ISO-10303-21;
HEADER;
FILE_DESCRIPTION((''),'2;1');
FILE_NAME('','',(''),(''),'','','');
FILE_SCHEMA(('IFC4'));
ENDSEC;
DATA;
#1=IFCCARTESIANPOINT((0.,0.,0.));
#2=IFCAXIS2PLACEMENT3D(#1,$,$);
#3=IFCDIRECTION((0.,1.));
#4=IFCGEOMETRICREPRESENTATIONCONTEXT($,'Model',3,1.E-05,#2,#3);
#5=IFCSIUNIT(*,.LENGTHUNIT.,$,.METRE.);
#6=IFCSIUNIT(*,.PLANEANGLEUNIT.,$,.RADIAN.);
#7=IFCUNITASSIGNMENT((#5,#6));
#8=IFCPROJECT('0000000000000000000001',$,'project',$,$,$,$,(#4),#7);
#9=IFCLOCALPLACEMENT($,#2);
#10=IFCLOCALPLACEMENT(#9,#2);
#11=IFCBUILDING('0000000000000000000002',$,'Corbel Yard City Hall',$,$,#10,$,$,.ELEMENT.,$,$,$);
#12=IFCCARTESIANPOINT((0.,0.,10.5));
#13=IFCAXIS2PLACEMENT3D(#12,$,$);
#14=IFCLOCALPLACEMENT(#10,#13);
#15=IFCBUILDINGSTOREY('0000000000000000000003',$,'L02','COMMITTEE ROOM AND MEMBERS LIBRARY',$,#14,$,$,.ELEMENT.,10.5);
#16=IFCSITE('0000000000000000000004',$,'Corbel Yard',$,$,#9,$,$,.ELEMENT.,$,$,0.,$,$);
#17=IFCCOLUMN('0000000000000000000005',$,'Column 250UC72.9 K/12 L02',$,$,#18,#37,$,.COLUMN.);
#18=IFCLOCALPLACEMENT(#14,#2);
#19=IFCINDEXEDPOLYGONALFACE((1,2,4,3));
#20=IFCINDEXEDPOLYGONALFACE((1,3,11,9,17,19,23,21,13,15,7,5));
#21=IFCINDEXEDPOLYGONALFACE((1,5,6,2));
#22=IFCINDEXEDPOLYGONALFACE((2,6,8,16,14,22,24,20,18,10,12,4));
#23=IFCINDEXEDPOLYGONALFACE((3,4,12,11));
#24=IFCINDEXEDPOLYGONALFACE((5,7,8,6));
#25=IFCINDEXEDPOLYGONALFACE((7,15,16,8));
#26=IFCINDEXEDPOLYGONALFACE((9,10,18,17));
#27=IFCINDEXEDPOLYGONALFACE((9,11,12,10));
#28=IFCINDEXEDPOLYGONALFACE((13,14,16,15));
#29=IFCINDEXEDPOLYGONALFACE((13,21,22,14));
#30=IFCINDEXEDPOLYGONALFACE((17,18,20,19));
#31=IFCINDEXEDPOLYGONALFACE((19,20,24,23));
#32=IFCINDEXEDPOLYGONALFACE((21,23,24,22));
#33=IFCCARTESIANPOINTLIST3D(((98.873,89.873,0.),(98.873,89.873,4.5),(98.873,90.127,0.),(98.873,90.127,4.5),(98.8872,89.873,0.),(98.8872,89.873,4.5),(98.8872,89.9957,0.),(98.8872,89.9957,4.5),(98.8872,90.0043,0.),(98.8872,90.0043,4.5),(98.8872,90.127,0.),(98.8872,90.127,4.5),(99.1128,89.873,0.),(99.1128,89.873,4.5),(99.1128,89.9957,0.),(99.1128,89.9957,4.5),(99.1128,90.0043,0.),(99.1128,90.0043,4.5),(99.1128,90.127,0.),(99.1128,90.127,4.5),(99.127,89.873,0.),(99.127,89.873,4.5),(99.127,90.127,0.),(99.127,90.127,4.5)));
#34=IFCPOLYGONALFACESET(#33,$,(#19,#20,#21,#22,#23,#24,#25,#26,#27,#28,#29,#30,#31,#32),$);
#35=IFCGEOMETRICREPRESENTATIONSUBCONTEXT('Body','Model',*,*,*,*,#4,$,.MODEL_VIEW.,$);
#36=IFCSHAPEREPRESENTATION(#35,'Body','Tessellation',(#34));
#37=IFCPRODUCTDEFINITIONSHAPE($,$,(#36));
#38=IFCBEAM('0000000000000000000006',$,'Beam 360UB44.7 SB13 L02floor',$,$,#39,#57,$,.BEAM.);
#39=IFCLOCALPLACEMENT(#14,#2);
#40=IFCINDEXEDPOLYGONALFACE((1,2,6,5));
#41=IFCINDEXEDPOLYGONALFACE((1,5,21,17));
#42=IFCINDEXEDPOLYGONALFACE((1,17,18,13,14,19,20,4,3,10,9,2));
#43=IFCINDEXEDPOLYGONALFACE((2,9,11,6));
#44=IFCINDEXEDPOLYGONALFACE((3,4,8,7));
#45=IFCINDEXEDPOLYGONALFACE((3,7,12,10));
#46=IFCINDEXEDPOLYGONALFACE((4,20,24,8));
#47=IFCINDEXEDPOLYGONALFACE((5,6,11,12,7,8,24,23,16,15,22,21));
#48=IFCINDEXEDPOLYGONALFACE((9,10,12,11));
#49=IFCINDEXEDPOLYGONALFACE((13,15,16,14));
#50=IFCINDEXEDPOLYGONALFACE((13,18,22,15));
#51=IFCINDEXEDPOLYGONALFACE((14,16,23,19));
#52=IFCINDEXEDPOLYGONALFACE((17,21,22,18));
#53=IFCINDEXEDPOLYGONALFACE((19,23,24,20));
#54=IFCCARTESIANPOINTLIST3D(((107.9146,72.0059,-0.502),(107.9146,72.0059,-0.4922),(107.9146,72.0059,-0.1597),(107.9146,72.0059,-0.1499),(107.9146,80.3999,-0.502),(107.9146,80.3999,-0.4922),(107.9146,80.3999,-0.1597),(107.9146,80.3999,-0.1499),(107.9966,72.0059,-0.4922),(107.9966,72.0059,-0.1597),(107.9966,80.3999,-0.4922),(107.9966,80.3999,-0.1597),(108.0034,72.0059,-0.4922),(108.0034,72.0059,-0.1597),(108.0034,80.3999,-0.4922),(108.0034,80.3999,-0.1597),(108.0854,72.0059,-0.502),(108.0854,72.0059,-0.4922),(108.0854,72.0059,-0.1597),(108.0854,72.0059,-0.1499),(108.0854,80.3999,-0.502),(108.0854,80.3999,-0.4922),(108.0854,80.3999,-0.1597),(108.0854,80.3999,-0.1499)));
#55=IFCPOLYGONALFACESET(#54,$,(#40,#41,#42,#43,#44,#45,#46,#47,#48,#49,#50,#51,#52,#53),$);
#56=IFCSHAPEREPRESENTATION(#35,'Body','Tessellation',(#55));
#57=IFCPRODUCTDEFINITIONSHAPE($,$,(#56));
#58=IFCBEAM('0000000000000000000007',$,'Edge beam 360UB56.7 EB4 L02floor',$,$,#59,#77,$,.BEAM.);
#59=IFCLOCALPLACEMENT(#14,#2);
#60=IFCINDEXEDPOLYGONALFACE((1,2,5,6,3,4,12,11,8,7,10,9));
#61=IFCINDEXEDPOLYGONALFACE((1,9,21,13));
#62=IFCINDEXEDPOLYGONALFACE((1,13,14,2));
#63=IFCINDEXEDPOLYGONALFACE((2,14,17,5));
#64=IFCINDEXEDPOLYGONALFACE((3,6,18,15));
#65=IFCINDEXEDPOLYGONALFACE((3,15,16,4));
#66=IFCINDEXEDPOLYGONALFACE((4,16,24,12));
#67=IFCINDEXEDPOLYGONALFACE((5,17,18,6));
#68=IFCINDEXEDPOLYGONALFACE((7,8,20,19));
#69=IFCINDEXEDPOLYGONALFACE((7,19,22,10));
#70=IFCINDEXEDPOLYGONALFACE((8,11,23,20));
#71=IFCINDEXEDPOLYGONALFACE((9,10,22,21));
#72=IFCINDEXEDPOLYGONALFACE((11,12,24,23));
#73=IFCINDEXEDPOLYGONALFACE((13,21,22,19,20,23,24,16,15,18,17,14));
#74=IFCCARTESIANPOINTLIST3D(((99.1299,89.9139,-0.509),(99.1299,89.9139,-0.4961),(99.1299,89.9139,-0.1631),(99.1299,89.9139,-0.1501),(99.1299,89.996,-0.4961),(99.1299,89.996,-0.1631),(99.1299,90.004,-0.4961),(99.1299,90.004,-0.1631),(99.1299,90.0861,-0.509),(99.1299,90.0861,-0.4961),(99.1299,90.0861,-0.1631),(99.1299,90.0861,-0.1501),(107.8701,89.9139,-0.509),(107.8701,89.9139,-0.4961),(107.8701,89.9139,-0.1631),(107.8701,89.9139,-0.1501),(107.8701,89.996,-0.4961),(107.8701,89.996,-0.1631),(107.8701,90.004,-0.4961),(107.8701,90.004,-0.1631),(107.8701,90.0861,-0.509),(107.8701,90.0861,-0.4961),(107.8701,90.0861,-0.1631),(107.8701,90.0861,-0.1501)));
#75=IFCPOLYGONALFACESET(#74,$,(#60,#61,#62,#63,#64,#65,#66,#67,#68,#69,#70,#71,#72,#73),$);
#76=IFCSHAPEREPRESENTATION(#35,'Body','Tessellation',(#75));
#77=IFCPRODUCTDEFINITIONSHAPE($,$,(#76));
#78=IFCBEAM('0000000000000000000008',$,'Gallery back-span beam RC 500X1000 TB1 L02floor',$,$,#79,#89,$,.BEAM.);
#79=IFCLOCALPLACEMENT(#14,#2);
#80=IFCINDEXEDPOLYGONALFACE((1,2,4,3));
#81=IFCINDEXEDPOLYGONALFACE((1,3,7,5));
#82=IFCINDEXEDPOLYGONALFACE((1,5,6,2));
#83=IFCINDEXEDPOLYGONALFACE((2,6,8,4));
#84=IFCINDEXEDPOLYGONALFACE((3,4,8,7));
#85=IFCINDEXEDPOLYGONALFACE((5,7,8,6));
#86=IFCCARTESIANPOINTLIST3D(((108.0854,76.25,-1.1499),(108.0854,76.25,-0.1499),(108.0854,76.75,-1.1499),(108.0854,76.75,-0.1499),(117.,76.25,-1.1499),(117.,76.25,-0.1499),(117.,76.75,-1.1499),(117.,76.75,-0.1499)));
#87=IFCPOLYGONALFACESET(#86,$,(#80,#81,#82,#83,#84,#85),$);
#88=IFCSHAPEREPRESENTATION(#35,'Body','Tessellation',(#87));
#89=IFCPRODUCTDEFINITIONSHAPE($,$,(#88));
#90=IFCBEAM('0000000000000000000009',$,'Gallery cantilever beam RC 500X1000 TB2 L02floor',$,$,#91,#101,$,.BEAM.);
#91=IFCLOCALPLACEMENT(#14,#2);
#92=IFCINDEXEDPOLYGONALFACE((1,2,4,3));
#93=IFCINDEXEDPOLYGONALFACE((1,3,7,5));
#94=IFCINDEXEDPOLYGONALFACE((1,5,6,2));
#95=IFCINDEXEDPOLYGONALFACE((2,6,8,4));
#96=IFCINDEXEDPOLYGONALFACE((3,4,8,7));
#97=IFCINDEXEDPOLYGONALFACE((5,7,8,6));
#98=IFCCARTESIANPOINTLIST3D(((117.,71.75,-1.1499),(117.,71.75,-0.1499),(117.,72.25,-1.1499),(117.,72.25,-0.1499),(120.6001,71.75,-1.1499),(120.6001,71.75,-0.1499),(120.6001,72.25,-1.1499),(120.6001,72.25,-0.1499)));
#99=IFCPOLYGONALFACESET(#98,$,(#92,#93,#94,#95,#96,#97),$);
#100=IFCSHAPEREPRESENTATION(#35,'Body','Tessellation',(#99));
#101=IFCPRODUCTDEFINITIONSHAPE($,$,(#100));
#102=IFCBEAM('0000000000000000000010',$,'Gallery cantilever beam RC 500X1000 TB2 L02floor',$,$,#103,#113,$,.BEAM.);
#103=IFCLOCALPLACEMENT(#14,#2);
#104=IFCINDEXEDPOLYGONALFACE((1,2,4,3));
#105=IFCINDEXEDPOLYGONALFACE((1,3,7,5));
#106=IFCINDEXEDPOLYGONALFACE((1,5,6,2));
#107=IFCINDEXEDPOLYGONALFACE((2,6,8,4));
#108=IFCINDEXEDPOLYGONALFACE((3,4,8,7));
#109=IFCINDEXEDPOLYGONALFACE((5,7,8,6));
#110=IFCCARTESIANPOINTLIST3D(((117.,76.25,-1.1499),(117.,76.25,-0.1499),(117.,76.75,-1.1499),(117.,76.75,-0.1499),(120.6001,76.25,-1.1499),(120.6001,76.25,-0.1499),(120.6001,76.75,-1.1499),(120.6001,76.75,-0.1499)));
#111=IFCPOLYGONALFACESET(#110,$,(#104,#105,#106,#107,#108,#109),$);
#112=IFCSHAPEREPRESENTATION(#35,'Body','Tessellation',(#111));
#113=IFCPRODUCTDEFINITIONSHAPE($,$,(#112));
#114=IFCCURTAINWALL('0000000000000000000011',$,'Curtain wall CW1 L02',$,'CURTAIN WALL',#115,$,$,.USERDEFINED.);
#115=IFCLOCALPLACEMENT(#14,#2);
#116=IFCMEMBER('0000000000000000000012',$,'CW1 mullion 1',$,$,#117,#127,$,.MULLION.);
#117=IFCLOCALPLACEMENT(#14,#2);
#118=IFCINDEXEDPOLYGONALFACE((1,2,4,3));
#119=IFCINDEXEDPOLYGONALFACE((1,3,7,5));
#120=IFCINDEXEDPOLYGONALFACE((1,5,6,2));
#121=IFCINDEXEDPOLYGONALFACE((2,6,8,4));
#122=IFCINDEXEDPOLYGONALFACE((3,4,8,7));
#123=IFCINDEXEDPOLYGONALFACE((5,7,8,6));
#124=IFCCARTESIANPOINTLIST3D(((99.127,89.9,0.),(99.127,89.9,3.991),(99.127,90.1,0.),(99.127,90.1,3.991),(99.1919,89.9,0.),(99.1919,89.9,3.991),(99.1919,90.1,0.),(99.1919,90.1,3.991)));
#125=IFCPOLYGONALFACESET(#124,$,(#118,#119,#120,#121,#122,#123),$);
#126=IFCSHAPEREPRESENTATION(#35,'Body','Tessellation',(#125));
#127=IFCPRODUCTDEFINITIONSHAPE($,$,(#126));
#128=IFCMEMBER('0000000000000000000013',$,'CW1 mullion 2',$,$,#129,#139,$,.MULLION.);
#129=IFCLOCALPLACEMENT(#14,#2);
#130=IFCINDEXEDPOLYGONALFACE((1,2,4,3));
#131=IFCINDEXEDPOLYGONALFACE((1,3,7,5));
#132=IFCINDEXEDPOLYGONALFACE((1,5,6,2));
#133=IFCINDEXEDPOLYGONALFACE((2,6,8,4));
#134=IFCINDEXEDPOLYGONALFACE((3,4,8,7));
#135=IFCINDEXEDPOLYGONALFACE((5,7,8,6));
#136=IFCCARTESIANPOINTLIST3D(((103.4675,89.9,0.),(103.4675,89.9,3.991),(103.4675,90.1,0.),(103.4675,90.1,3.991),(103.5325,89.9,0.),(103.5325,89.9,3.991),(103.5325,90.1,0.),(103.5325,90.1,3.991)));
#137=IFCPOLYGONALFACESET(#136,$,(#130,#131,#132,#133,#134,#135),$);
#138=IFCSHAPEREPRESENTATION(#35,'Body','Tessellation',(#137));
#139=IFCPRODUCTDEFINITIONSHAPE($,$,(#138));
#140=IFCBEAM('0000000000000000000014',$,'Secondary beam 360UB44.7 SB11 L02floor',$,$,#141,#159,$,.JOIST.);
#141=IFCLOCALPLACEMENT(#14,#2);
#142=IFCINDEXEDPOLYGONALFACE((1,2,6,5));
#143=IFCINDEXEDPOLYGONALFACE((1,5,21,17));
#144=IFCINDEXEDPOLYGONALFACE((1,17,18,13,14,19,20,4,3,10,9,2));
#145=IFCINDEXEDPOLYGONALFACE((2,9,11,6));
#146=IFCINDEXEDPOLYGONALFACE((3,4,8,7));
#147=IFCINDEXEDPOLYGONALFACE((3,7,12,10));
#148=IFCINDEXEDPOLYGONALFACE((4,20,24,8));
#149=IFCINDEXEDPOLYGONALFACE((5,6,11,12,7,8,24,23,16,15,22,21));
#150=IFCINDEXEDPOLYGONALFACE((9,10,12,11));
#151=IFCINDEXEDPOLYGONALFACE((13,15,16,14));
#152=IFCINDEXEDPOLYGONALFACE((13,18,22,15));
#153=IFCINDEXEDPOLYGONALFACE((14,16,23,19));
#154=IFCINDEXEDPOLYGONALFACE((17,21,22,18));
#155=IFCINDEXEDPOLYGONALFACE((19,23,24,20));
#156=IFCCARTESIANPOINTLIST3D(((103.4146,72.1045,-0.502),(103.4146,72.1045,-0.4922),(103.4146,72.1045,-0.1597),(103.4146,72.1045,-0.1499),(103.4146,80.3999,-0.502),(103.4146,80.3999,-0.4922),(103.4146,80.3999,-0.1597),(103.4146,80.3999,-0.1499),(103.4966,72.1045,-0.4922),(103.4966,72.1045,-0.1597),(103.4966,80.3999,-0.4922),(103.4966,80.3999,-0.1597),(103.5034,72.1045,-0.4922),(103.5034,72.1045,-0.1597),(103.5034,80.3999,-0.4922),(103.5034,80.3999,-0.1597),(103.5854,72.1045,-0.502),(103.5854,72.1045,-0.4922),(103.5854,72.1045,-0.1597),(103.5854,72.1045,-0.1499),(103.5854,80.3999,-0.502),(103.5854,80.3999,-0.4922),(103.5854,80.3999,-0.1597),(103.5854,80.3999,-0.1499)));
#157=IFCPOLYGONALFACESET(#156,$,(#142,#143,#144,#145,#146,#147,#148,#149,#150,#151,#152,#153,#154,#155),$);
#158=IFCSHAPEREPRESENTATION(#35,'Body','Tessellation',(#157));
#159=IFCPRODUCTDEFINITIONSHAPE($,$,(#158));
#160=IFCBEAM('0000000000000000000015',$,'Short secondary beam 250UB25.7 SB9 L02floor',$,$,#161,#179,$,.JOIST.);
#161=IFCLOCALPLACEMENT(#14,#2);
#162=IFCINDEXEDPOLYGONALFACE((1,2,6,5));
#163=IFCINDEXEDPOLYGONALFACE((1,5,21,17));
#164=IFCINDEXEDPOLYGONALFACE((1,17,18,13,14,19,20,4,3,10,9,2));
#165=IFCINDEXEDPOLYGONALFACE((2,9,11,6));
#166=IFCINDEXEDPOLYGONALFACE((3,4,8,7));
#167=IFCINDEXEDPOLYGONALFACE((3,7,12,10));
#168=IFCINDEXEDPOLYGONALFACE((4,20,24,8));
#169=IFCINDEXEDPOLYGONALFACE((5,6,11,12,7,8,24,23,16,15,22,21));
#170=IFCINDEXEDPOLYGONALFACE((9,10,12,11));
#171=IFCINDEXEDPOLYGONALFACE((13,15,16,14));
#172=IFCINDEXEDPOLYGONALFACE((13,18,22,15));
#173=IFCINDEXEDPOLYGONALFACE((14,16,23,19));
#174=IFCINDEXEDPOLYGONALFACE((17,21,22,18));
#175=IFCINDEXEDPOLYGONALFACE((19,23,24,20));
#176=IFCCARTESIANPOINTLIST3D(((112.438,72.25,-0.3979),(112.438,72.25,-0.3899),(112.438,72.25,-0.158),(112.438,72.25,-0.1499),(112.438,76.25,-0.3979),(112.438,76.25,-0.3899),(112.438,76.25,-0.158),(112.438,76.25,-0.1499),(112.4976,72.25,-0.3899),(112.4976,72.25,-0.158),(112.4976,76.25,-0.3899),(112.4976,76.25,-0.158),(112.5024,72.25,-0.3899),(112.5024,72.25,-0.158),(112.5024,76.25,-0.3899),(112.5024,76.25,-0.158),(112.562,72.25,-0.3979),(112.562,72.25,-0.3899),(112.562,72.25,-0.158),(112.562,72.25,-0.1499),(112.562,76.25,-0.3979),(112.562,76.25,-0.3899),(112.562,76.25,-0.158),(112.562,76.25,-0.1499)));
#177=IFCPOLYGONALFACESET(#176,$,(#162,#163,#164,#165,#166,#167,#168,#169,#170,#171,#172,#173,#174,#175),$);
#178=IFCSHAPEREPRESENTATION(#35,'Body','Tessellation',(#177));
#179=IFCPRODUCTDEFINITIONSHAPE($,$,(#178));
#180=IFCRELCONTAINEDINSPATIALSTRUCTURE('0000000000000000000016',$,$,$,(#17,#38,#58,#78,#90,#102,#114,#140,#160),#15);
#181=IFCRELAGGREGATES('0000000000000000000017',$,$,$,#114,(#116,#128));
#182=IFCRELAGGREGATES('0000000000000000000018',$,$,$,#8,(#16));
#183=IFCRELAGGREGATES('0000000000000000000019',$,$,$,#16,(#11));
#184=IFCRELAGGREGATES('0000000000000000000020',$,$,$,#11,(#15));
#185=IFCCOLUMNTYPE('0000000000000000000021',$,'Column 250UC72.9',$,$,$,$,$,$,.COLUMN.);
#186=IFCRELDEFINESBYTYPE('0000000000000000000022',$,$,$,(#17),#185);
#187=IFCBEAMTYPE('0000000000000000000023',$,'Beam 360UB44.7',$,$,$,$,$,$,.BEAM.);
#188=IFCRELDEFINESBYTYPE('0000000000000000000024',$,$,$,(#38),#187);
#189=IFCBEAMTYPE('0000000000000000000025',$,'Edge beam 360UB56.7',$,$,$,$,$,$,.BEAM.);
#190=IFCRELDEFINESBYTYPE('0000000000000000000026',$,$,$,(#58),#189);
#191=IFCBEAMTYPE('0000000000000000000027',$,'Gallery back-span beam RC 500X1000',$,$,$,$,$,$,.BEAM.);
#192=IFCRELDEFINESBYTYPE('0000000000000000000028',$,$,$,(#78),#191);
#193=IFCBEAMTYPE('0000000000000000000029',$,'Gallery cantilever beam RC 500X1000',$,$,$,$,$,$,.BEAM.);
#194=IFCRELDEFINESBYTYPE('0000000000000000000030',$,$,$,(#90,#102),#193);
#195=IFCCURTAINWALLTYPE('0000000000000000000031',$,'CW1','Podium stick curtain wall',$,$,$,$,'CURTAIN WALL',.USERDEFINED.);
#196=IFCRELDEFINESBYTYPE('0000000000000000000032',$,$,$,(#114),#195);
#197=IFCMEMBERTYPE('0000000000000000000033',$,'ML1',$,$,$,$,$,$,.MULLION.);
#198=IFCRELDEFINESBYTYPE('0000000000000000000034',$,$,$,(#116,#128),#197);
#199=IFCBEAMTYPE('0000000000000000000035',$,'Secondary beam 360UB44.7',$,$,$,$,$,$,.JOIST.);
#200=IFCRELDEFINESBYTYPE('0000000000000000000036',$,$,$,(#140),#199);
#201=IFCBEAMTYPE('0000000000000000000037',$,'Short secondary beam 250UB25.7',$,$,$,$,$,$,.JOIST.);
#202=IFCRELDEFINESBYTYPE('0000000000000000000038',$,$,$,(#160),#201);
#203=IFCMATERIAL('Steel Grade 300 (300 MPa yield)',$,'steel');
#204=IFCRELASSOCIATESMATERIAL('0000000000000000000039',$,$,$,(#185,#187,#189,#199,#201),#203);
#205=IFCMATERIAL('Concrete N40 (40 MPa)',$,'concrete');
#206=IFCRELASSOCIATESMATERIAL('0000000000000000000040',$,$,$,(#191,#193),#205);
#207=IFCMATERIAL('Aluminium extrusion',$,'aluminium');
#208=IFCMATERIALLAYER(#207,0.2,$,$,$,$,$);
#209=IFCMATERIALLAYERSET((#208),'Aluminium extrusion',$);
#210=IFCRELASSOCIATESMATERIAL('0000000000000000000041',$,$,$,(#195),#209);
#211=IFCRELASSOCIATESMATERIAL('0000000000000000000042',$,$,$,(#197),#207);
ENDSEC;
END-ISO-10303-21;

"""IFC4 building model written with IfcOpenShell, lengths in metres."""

from ifc_helpers import new_model, si_unit, direction, frame, origin, origin_2d, place, context, subcontext, project, spatial, rectangle, i_section, extrude, material, layer, layer_set, material_profile, profile_set, type_object, element, aggregate, save


model = new_model("IFC4")

# Units and contexts
model_context = context("Model", 3, precision=1e-05, world=origin(), true_north=direction((0.0, 1.0)))
body_context = subcontext(model_context, "Body", "Model", "MODEL_VIEW")
ifc_project = project(units=[si_unit("LENGTHUNIT", "METRE"), si_unit("PLANEANGLEUNIT", "RADIAN")], contexts=[model_context])

# Site, building, storey
site_placement = place(None, origin())
site = spatial("IfcSite", under=ifc_project, at=site_placement, Name="Corbel Yard", CompositionType="ELEMENT", RefElevation=0.0)
building_placement = place(site_placement, origin())
building = spatial("IfcBuilding", under=site, at=building_placement, Name="Corbel Yard City Hall", CompositionType="ELEMENT")
storey_placement = place(building_placement, frame((0.0, 0.0, 10.5)))
storey = spatial("IfcBuildingStorey", under=building, at=storey_placement, Name="L02", Description="COMMITTEE ROOM AND MEMBERS LIBRARY", CompositionType="ELEMENT", Elevation=10.5)

# Column
ifc_material_1 = material(Name="Steel Grade 300 (300 MPa yield)", Category="steel")
ifc_material_profile_1 = material_profile(ifc_material_1, i_section(OverallWidth=0.2539, OverallDepth=0.2539, WebThickness=0.0085, FlangeThickness=0.0142, at=origin_2d()), Name="250UC72.9")
ifc_profile_set_1 = profile_set([ifc_material_profile_1], Name="Steel Grade 300 (300 MPa yield)")
column_type = type_object("IfcColumnType", Name="Column 250UC72.9", PredefinedType="COLUMN", material=ifc_profile_set_1)
column_placement = place(storey_placement, frame((99.0, 90.0, 0.0), z_axis=(0.0, 0.0, 1.0), x_axis=(0.0, 1.0, 0.0)))
element("IfcColumn", 1, at=column_placement, inside=storey, type_object=column_type, Name="Column 250UC72.9 K/12 L02", PredefinedType="COLUMN", context=body_context, shape_type="SweptSolid", body=[
    extrude(i_section(OverallWidth=0.2539, OverallDepth=0.2539, WebThickness=0.0085, FlangeThickness=0.0142, at=origin_2d()), origin(), (0.0, 0.0, 1.0), 4.5),
])

# Beams
ifc_material_profile_2 = material_profile(ifc_material_1, i_section(OverallWidth=0.1709, OverallDepth=0.3521, WebThickness=0.0068, FlangeThickness=0.0098, at=origin_2d()), Name="360UB44.7")
ifc_profile_set_2 = profile_set([ifc_material_profile_2], Name="Steel Grade 300 (300 MPa yield)")
beam_type_1 = type_object("IfcBeamType", Name="Beam 360UB44.7", PredefinedType="BEAM", material=ifc_profile_set_2)
beam_1_placement = place(storey_placement, frame((108.0, 72.0059, -0.3259), z_axis=(0.0, 1.0, 0.0), x_axis=(-1.0, 0.0, 0.0)))
element("IfcBeam", 2, at=beam_1_placement, inside=storey, type_object=beam_type_1, Name="Beam 360UB44.7 SB13 L02floor", PredefinedType="BEAM", context=body_context, shape_type="SweptSolid", body=[
    extrude(i_section(OverallWidth=0.1709, OverallDepth=0.3521, WebThickness=0.0068, FlangeThickness=0.0098, at=origin_2d()), origin(), (0.0, 0.0, 1.0), 8.394),
])
ifc_material_profile_3 = material_profile(ifc_material_1, i_section(OverallWidth=0.1721, OverallDepth=0.3589, WebThickness=0.0081, FlangeThickness=0.0129, at=origin_2d()), Name="360UB56.7")
ifc_profile_set_3 = profile_set([ifc_material_profile_3], Name="Steel Grade 300 (300 MPa yield)")
beam_type_2 = type_object("IfcBeamType", Name="Edge beam 360UB56.7", PredefinedType="BEAM", material=ifc_profile_set_3)
beam_2_placement = place(storey_placement, frame((99.1299, 90.0, -0.3296), z_axis=(1.0, 0.0, 0.0), x_axis=(0.0, 1.0, 0.0)))
element("IfcBeam", 3, at=beam_2_placement, inside=storey, type_object=beam_type_2, Name="Edge beam 360UB56.7 EB4 L02floor", PredefinedType="BEAM", context=body_context, shape_type="SweptSolid", body=[
    extrude(i_section(OverallWidth=0.1721, OverallDepth=0.3589, WebThickness=0.0081, FlangeThickness=0.0129, at=origin_2d()), origin(), (0.0, 0.0, 1.0), 8.7402),
])
ifc_material_2 = material(Name="Concrete N40 (40 MPa)", Category="concrete")
ifc_material_profile_4 = material_profile(ifc_material_2, rectangle(XDim=0.5, YDim=1.0, at=origin_2d()), Name="500x1000")
ifc_profile_set_4 = profile_set([ifc_material_profile_4], Name="Concrete N40 (40 MPa)")
beam_type_3 = type_object("IfcBeamType", Name="Gallery back-span beam RC 500X1000", PredefinedType="BEAM", material=ifc_profile_set_4)
beam_3_placement = place(storey_placement, frame((108.0854, 76.5, -0.6499), z_axis=(1.0, 0.0, 0.0), x_axis=(0.0, 1.0, 0.0)))
element("IfcBeam", 4, at=beam_3_placement, inside=storey, type_object=beam_type_3, Name="Gallery back-span beam RC 500X1000 TB1 L02floor", PredefinedType="BEAM", context=body_context, shape_type="SweptSolid", body=[
    extrude(rectangle(XDim=0.5, YDim=1.0, at=origin_2d()), origin(), (0.0, 0.0, 1.0), 8.9146),
])
ifc_material_profile_5 = material_profile(ifc_material_2, rectangle(XDim=0.5, YDim=1.0, at=origin_2d()), Name="500x1000")
ifc_profile_set_5 = profile_set([ifc_material_profile_5], Name="Concrete N40 (40 MPa)")
beam_type_4 = type_object("IfcBeamType", Name="Gallery cantilever beam RC 500X1000", PredefinedType="BEAM", material=ifc_profile_set_5)
for number, where, z_axis, x_axis, name in (
    (5, (117.0, 72.0, -0.6499), (1.0, 0.0, 0.0), (0.0, 1.0, 0.0), "Gallery cantilever beam RC 500X1000 TB2 L02floor"),
    (6, (117.0, 76.5, -0.6499), (1.0, 0.0, 0.0), (0.0, 1.0, 0.0), "Gallery cantilever beam RC 500X1000 TB2 L02floor"),
):
    element("IfcBeam", number, at=place(storey_placement, frame(where, z_axis=z_axis, x_axis=x_axis)), inside=storey, type_object=beam_type_4, Name=name, PredefinedType="BEAM", context=body_context, shape_type="SweptSolid", body=[
        extrude(rectangle(XDim=0.5, YDim=1.0, at=origin_2d()), origin(), (0.0, 0.0, 1.0), 3.6001),
    ])

# Curtain wall, members
ifc_material_3 = material(Name="Aluminium extrusion", Category="aluminium")
ifc_layer_1 = layer(ifc_material_3, 0.2)
ifc_layer_set_1 = layer_set([ifc_layer_1], Name="Aluminium extrusion")
curtain_wall_type = type_object("IfcCurtainWallType", Name="CW1", Description="Podium stick curtain wall", ElementType="CURTAIN WALL", PredefinedType="USERDEFINED", material=ifc_layer_set_1)
curtain_wall_placement = place(storey_placement, origin())
curtain_wall = element("IfcCurtainWall", 7, at=curtain_wall_placement, inside=storey, type_object=curtain_wall_type, Name="Curtain wall CW1 L02", ObjectType="CURTAIN WALL", PredefinedType="USERDEFINED")
ifc_material_profile_6 = material_profile(ifc_material_3, rectangle(XDim=0.2, YDim=0.0649, at=origin_2d()), Name="200x65")
ifc_profile_set_6 = profile_set([ifc_material_profile_6], Name="Aluminium extrusion")
member_type_1 = type_object("IfcMemberType", Name="ML1", PredefinedType="MULLION", material=ifc_profile_set_6)
member_1_placement = place(storey_placement, frame((99.1594, 90.0, 0.0), z_axis=(0.0, 0.0, 1.0), x_axis=(0.0, 1.0, 0.0)))
member_1 = element("IfcMember", 8, at=member_1_placement, type_object=member_type_1, Name="CW1 mullion 1", PredefinedType="MULLION", context=body_context, shape_type="SweptSolid", body=[
    extrude(rectangle(XDim=0.2, YDim=0.0649, at=origin_2d()), origin(), (0.0, 0.0, 1.0), 3.991),
])
member_2_placement = place(storey_placement, frame((103.5, 90.0, 0.0), z_axis=(0.0, 0.0, 1.0), x_axis=(0.0, 1.0, 0.0)))
member_2 = element("IfcMember", 9, at=member_2_placement, type_object=member_type_1, Name="CW1 mullion 2", PredefinedType="MULLION", context=body_context, shape_type="SweptSolid", body=[
    extrude(rectangle(XDim=0.2, YDim=0.0649, at=origin_2d()), origin(), (0.0, 0.0, 1.0), 3.991),
])

# Beams
ifc_material_profile_7 = material_profile(ifc_material_1, i_section(OverallWidth=0.1709, OverallDepth=0.3521, WebThickness=0.0068, FlangeThickness=0.0098, at=origin_2d()), Name="360UB44.7")
ifc_profile_set_7 = profile_set([ifc_material_profile_7], Name="Steel Grade 300 (300 MPa yield)")
beam_type_5 = type_object("IfcBeamType", Name="Secondary beam 360UB44.7", PredefinedType="JOIST", material=ifc_profile_set_7)
beam_4_placement = place(storey_placement, frame((103.5, 72.1045, -0.3259), z_axis=(0.0, 1.0, 0.0), x_axis=(-1.0, 0.0, 0.0)))
element("IfcBeam", 10, at=beam_4_placement, inside=storey, type_object=beam_type_5, Name="Secondary beam 360UB44.7 SB11 L02floor", PredefinedType="JOIST", context=body_context, shape_type="SweptSolid", body=[
    extrude(i_section(OverallWidth=0.1709, OverallDepth=0.3521, WebThickness=0.0068, FlangeThickness=0.0098, at=origin_2d()), origin(), (0.0, 0.0, 1.0), 8.2954),
])
ifc_material_profile_8 = material_profile(ifc_material_1, i_section(OverallWidth=0.124, OverallDepth=0.248, WebThickness=0.0049, FlangeThickness=0.0081, at=origin_2d()), Name="250UB25.7")
ifc_profile_set_8 = profile_set([ifc_material_profile_8], Name="Steel Grade 300 (300 MPa yield)")
beam_type_6 = type_object("IfcBeamType", Name="Short secondary beam 250UB25.7", PredefinedType="JOIST", material=ifc_profile_set_8)
beam_5_placement = place(storey_placement, frame((112.5, 72.25, -0.2739), z_axis=(0.0, 1.0, 0.0), x_axis=(-1.0, 0.0, 0.0)))
element("IfcBeam", 11, at=beam_5_placement, inside=storey, type_object=beam_type_6, Name="Short secondary beam 250UB25.7 SB9 L02floor", PredefinedType="JOIST", context=body_context, shape_type="SweptSolid", body=[
    extrude(i_section(OverallWidth=0.124, OverallDepth=0.248, WebThickness=0.0049, FlangeThickness=0.0081, at=origin_2d()), origin(), (0.0, 0.0, 1.0), 4.0),
])

aggregate(curtain_wall, [member_1, member_2])

save(model, "model.ifc")
